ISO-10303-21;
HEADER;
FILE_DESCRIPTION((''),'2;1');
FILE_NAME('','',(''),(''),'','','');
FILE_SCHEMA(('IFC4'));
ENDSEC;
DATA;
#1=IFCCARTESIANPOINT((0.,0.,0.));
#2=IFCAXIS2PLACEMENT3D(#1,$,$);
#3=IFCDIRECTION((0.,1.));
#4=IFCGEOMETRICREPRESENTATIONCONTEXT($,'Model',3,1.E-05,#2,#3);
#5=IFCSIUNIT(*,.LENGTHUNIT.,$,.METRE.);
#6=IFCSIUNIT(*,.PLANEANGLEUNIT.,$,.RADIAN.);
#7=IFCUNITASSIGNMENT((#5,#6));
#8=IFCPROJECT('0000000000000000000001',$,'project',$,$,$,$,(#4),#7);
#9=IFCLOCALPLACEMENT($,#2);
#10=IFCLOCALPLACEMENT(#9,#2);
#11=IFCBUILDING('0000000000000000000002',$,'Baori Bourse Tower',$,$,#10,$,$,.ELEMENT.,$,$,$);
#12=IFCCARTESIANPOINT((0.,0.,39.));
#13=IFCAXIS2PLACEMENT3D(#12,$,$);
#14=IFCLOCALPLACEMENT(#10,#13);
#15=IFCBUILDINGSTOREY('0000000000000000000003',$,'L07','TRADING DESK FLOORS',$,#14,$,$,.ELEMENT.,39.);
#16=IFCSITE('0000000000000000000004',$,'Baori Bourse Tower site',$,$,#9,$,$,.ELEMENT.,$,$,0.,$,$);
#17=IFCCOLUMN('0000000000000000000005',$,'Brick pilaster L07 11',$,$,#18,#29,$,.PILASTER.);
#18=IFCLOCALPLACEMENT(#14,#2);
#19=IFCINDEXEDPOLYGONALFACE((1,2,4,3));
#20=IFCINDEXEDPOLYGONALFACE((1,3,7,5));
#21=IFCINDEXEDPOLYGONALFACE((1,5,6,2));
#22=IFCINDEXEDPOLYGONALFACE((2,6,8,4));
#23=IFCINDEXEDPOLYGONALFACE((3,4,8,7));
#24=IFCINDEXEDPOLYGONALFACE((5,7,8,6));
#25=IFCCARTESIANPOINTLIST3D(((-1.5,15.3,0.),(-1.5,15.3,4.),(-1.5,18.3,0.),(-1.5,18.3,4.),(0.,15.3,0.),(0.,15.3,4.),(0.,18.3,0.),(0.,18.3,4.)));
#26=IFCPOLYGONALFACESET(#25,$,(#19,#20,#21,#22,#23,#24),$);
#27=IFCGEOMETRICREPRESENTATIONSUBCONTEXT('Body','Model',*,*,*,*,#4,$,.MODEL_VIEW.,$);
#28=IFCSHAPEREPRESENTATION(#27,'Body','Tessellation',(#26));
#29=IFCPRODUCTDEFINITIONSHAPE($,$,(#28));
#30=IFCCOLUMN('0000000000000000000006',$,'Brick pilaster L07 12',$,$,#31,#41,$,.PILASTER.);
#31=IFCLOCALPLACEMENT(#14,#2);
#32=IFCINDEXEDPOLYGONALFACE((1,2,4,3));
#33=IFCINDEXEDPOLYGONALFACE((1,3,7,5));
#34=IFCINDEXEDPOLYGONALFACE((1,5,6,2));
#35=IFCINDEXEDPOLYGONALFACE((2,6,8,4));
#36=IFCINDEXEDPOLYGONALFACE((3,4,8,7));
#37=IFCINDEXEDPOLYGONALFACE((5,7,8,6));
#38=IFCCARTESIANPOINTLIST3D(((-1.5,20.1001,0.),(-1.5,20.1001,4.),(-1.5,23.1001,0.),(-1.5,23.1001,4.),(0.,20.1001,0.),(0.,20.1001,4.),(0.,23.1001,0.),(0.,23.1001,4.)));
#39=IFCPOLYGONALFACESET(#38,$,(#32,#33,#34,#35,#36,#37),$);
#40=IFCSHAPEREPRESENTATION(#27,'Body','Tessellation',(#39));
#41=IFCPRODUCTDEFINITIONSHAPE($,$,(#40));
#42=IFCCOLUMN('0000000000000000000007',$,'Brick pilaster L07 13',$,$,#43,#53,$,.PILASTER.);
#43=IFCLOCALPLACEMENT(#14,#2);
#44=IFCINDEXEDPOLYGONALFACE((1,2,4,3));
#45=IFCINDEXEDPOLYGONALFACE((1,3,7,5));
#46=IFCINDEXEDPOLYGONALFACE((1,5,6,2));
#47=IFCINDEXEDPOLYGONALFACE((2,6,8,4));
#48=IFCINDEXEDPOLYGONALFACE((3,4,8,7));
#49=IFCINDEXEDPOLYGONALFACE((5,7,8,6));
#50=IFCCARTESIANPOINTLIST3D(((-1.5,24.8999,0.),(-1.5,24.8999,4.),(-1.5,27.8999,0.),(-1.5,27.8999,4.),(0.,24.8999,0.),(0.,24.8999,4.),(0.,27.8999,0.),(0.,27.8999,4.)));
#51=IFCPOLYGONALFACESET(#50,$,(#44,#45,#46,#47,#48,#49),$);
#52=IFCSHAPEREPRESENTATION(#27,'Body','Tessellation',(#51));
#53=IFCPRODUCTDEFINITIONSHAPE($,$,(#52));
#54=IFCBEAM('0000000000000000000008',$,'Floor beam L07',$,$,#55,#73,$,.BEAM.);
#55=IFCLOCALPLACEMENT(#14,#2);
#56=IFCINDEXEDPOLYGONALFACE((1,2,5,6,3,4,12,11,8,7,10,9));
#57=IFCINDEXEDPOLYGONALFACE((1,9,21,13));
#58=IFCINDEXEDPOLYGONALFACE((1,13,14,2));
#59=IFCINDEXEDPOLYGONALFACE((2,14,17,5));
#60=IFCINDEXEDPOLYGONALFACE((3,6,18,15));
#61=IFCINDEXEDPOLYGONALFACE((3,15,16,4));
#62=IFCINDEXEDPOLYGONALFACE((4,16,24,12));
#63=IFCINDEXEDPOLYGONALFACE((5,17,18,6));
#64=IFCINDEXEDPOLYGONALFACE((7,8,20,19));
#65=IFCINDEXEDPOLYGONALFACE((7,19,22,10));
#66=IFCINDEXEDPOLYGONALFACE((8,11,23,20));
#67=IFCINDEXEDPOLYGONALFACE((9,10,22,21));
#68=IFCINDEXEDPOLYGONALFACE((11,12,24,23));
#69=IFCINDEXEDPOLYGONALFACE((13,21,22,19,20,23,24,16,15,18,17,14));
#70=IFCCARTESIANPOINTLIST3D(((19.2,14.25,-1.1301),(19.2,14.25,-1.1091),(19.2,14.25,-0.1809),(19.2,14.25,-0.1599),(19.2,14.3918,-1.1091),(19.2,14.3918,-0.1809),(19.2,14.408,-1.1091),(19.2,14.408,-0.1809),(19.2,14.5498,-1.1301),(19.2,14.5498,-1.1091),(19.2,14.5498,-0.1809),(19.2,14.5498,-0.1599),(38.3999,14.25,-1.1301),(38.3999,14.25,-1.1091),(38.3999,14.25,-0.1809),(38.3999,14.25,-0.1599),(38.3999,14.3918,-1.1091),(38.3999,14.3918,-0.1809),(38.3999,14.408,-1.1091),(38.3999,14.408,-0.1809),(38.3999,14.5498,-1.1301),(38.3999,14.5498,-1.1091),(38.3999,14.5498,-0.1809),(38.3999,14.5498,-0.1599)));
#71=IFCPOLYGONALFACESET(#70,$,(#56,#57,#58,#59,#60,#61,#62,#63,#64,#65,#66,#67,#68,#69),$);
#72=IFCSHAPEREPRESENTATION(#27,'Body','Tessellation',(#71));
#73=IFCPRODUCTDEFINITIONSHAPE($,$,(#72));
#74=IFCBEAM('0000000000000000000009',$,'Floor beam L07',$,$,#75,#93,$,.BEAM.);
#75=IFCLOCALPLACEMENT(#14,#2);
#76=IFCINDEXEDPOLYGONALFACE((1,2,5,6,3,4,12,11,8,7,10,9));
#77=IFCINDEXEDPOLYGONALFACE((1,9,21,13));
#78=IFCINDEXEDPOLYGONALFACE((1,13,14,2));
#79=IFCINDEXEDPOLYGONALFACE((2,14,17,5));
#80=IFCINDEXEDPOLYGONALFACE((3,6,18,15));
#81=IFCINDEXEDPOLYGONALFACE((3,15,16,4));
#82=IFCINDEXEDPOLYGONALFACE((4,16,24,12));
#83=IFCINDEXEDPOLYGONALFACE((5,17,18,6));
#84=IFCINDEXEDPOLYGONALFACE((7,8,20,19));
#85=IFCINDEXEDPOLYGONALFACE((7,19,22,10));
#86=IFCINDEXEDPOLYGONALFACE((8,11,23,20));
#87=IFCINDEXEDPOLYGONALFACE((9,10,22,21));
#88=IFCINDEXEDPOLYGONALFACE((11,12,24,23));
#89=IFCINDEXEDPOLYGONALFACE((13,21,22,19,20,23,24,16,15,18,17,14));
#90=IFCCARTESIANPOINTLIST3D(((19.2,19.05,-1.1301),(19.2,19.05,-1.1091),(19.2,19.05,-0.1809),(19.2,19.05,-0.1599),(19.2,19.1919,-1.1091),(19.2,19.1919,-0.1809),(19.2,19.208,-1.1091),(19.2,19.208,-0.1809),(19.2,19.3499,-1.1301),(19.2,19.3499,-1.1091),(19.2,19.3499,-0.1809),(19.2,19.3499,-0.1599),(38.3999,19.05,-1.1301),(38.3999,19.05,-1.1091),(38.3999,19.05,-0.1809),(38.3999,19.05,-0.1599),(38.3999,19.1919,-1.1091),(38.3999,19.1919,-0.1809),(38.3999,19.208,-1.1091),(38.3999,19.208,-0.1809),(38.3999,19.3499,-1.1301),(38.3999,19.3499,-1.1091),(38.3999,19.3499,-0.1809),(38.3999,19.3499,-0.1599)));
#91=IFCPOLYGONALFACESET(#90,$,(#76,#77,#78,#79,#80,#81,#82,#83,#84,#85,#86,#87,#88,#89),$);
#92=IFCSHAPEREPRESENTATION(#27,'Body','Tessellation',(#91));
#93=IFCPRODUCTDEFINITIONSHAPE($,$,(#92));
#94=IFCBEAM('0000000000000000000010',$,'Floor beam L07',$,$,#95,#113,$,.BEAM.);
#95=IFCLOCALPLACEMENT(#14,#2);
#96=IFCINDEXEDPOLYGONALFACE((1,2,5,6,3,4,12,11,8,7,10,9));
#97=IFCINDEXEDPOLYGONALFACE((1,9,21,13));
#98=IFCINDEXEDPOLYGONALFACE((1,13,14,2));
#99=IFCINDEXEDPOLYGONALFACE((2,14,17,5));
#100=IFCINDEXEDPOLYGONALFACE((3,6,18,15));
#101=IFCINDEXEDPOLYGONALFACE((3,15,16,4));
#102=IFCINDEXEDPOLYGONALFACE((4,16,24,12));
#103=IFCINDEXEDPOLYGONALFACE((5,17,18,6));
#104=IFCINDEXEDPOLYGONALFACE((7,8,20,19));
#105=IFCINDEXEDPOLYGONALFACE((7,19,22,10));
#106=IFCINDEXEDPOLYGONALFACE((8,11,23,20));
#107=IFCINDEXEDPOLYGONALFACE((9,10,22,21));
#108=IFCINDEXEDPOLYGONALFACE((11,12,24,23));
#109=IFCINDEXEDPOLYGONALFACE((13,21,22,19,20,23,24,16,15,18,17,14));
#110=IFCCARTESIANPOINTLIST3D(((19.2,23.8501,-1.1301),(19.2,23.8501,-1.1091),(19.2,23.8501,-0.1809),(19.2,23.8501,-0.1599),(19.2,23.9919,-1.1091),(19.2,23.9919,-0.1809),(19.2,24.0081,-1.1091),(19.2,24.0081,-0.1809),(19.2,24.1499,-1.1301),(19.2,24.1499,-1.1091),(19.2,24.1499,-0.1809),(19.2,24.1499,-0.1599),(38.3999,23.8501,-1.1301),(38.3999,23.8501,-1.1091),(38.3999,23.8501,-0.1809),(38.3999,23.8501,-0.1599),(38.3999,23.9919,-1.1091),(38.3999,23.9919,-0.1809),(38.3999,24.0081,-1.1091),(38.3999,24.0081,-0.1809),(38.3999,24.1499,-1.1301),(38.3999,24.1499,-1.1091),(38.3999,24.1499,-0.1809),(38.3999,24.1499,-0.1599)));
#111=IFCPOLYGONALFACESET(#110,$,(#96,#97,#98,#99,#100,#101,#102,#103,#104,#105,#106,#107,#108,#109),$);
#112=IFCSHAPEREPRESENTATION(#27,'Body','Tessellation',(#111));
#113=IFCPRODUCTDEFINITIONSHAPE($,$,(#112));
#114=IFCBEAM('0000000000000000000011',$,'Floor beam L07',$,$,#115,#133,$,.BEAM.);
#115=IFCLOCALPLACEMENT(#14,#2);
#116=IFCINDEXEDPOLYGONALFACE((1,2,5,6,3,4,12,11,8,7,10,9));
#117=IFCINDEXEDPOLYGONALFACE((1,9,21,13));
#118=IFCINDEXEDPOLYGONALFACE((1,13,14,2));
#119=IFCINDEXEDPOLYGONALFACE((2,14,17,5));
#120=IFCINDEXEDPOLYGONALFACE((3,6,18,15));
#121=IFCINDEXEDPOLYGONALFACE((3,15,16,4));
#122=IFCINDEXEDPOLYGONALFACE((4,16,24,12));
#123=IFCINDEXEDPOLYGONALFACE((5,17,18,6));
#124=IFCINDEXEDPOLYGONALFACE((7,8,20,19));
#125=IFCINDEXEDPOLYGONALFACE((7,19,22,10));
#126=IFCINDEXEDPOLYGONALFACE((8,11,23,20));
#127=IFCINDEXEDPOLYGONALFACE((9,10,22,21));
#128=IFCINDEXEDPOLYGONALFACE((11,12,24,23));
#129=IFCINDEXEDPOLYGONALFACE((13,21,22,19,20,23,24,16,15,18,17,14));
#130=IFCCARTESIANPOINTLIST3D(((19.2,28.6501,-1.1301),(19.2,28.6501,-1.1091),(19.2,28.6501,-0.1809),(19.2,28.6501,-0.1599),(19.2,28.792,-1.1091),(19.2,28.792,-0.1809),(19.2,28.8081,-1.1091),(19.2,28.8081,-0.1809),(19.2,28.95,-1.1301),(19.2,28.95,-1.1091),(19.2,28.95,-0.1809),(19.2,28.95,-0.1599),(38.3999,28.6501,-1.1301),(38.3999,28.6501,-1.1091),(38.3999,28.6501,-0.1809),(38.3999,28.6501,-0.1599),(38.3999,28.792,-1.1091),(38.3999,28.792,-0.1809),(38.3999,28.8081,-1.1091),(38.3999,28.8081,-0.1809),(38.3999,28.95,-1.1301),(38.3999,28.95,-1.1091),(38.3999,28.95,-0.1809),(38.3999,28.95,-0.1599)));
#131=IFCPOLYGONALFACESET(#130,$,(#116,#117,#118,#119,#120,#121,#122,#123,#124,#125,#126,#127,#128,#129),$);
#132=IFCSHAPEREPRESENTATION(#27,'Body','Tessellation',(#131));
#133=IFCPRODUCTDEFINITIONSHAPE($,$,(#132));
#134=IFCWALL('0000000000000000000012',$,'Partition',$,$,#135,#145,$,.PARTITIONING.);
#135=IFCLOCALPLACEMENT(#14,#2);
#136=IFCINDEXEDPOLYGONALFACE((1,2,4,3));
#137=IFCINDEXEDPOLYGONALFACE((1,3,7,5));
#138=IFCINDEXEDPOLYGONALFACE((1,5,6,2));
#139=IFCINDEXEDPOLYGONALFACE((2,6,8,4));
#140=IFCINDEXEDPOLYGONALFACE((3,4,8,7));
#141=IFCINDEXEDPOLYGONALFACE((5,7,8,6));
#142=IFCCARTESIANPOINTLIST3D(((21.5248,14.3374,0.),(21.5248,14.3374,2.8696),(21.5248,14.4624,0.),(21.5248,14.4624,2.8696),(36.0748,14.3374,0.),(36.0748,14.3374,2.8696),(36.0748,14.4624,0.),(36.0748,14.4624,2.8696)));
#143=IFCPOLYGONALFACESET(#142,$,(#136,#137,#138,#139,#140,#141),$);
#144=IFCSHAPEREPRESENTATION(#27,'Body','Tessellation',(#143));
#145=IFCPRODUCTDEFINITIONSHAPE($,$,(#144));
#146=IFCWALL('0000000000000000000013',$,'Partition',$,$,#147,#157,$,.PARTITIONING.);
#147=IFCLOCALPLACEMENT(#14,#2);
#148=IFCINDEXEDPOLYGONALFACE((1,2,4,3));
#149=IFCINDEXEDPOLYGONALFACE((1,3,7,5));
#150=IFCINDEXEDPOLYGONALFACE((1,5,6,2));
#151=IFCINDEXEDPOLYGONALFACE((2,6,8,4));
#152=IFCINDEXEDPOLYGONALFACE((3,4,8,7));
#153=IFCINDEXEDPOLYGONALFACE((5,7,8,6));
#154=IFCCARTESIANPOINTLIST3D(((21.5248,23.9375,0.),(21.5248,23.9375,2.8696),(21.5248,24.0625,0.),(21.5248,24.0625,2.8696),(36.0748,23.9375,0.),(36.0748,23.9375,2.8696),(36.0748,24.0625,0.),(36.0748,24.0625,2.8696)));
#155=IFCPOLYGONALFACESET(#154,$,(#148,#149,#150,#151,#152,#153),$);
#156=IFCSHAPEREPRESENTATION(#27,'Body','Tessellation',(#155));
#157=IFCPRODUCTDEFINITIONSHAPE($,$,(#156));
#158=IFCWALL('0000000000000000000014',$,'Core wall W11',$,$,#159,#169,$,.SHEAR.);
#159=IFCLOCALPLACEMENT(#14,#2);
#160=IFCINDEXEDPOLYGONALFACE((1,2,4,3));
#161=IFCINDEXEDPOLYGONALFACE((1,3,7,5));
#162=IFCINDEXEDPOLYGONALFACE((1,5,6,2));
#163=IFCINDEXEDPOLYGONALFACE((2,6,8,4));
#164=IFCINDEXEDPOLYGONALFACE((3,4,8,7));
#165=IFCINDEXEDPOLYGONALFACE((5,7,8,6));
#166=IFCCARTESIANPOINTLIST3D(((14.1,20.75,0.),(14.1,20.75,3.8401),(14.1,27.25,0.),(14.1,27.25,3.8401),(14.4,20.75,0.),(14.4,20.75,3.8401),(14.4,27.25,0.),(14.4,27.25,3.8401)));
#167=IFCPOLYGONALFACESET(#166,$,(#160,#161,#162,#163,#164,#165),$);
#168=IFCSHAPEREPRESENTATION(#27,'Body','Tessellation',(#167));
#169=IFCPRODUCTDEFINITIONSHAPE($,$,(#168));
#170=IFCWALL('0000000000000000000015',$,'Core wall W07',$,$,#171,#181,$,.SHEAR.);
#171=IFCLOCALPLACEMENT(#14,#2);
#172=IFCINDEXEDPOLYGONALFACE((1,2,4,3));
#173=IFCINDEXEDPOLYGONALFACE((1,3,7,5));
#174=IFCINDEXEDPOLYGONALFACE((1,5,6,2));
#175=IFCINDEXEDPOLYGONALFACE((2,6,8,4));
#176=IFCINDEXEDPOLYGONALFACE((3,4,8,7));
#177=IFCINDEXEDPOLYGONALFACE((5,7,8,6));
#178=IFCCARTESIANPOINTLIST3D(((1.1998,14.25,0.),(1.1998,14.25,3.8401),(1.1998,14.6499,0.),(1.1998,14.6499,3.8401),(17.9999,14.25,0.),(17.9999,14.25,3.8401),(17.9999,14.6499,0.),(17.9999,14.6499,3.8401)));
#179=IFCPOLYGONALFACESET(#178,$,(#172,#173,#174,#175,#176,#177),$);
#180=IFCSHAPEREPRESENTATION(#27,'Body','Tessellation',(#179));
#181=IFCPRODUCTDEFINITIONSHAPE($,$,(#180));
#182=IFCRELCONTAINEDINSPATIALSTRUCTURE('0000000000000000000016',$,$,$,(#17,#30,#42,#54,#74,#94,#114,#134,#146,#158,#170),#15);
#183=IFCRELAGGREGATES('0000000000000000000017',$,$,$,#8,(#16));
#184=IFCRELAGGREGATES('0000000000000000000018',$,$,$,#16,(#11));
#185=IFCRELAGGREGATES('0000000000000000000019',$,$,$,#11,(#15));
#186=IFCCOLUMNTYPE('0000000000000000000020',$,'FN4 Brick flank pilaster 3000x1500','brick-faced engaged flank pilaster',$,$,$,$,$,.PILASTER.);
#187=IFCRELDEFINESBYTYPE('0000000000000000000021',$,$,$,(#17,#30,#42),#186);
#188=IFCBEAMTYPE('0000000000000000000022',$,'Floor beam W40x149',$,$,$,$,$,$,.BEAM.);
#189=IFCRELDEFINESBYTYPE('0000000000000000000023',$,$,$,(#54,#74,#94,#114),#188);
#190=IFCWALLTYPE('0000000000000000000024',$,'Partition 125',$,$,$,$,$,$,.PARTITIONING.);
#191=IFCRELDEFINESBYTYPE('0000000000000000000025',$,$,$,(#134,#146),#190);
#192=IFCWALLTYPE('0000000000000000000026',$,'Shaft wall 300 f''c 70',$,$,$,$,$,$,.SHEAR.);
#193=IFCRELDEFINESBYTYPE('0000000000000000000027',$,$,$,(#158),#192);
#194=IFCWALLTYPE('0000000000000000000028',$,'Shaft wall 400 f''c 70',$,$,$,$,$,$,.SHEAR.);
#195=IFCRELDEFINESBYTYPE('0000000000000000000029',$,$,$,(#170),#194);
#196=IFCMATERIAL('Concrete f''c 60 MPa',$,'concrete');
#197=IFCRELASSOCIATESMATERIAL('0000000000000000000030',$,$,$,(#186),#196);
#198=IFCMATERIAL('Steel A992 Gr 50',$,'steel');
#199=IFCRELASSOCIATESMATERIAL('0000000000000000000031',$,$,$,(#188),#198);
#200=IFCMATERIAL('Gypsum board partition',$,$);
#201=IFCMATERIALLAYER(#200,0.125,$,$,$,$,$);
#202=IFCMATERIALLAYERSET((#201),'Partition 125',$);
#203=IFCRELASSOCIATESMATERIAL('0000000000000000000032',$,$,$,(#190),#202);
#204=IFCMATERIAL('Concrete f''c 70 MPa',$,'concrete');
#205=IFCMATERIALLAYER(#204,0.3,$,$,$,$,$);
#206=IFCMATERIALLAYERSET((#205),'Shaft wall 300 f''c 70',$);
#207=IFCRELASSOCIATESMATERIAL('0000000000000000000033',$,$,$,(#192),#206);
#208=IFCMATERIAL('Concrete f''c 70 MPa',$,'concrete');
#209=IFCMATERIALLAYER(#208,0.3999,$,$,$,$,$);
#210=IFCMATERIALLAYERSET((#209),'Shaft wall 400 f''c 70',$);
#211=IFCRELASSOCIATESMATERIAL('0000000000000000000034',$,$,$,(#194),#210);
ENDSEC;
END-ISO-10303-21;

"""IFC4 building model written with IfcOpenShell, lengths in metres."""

from ifc_helpers import new_model, si_unit, direction, frame, frame_2d, origin, origin_2d, place, context, subcontext, project, spatial, rectangle, i_section, extrude, material, layer, layer_set, material_profile, profile_set, type_object, element, save


model = new_model("IFC4")

# Units and contexts
model_context = context("Model", 3, precision=1e-05, world=origin(), true_north=direction((0.0, 1.0)))
body_context = subcontext(model_context, "Body", "Model", "MODEL_VIEW")
ifc_project = project(units=[si_unit("LENGTHUNIT", "METRE"), si_unit("PLANEANGLEUNIT", "RADIAN")], contexts=[model_context])

# Site, building, storey
site_placement = place(None, origin())
site = spatial("IfcSite", under=ifc_project, at=site_placement, Name="Baori Bourse Tower site", CompositionType="ELEMENT", RefElevation=0.0)
building_placement = place(site_placement, origin())
building = spatial("IfcBuilding", under=site, at=building_placement, Name="Baori Bourse Tower", CompositionType="ELEMENT")
storey_placement = place(building_placement, frame((0.0, 0.0, 39.0)))
storey = spatial("IfcBuildingStorey", under=building, at=storey_placement, Name="L07", Description="TRADING DESK FLOORS", CompositionType="ELEMENT", Elevation=39.0)

# Columns
ifc_material_1 = material(Name="Concrete f'c 60 MPa", Category="concrete")
ifc_material_profile_1 = material_profile(ifc_material_1, rectangle(XDim=3.0, YDim=1.5, at=origin_2d()), Name="RC 3000x1500")
ifc_profile_set_1 = profile_set([ifc_material_profile_1], Name="Concrete f'c 60 MPa")
column_type = type_object("IfcColumnType", Name="FN4 Brick flank pilaster 3000x1500", Description="brick-faced engaged flank pilaster", PredefinedType="PILASTER", material=ifc_profile_set_1)
for number, where, z_axis, x_axis, name in (
    (1, (-0.75, 16.8, 0.0), (0.0, 0.0, 1.0), (0.0, 1.0, 0.0), "Brick pilaster L07 11"),
    (2, (-0.75, 21.6001, 0.0), (0.0, 0.0, 1.0), (0.0, 1.0, 0.0), "Brick pilaster L07 12"),
    (3, (-0.75, 26.3999, 0.0), (0.0, 0.0, 1.0), (0.0, 1.0, 0.0), "Brick pilaster L07 13"),
):
    element("IfcColumn", number, at=place(storey_placement, frame(where, z_axis=z_axis, x_axis=x_axis)), inside=storey, type_object=column_type, Name=name, PredefinedType="PILASTER", context=body_context, shape_type="SweptSolid", body=[
        extrude(rectangle(XDim=3.0, YDim=1.5, at=origin_2d()), origin(), (0.0, 0.0, 1.0), 4.0),
    ])

# Beams
ifc_material_2 = material(Name="Steel A992 Gr 50", Category="steel")
ifc_material_profile_2 = material_profile(ifc_material_2, i_section(OverallWidth=0.2998, OverallDepth=0.9702, WebThickness=0.0161, FlangeThickness=0.021, at=origin_2d()), Name="W40x149")
ifc_profile_set_2 = profile_set([ifc_material_profile_2], Name="Steel A992 Gr 50")
beam_type = type_object("IfcBeamType", Name="Floor beam W40x149", PredefinedType="BEAM", material=ifc_profile_set_2)
for number, where, z_axis, x_axis, name in (
    (4, (19.2, 14.3999, -0.645), (1.0, 0.0, 0.0), (0.0, 1.0, 0.0), "Floor beam L07"),
    (5, (19.2, 19.2, -0.645), (1.0, 0.0, 0.0), (0.0, 1.0, 0.0), "Floor beam L07"),
    (6, (19.2, 24.0, -0.645), (1.0, 0.0, 0.0), (0.0, 1.0, 0.0), "Floor beam L07"),
    (7, (19.2, 28.8, -0.645), (1.0, 0.0, 0.0), (0.0, 1.0, 0.0), "Floor beam L07"),
):
    element("IfcBeam", number, at=place(storey_placement, frame(where, z_axis=z_axis, x_axis=x_axis)), inside=storey, type_object=beam_type, Name=name, PredefinedType="BEAM", context=body_context, shape_type="SweptSolid", body=[
        extrude(i_section(OverallWidth=0.2998, OverallDepth=0.9702, WebThickness=0.0161, FlangeThickness=0.021, at=origin_2d()), origin(), (0.0, 0.0, 1.0), 19.2),
    ])

# Walls
ifc_material_3 = material(Name="Gypsum board partition")
ifc_layer_1 = layer(ifc_material_3, 0.125)
ifc_layer_set_1 = layer_set([ifc_layer_1], Name="Partition 125")
wall_type_1 = type_object("IfcWallType", Name="Partition 125", PredefinedType="PARTITIONING", material=ifc_layer_set_1)
for number, where, z_axis, x_axis, name in (
    (8, (21.5249, 14.3999, 0.0), (0.0, 0.0, 1.0), (1.0, 0.0, 0.0), "Partition"),
    (9, (21.5249, 24.0, 0.0), (0.0, 0.0, 1.0), (1.0, 0.0, 0.0), "Partition"),
):
    element("IfcWall", number, at=place(storey_placement, frame(where, z_axis=z_axis, x_axis=x_axis)), inside=storey, type_object=wall_type_1, Name=name, PredefinedType="PARTITIONING", context=body_context, shape_type="SweptSolid", body=[
        extrude(rectangle(XDim=14.55, YDim=0.125, at=frame_2d((7.2749, 0.0))), origin(), (0.0, 0.0, 1.0), 2.8696),
    ])
ifc_material_4 = material(Name="Concrete f'c 70 MPa", Category="concrete")
ifc_layer_2 = layer(ifc_material_4, 0.3)
ifc_layer_set_2 = layer_set([ifc_layer_2], Name="Shaft wall 300 f'c 70")
wall_type_2 = type_object("IfcWallType", Name="Shaft wall 300 f'c 70", PredefinedType="SHEAR", material=ifc_layer_set_2)
wall_1_placement = place(storey_placement, frame((14.25, 20.75, 0.0), z_axis=(0.0, 0.0, 1.0), x_axis=(0.0, 1.0, 0.0)))
element("IfcWall", 10, at=wall_1_placement, inside=storey, type_object=wall_type_2, Name="Core wall W11", PredefinedType="SHEAR", context=body_context, shape_type="SweptSolid", body=[
    extrude(rectangle(XDim=6.5, YDim=0.3, at=frame_2d((3.25, 0.0))), origin(), (0.0, 0.0, 1.0), 3.8401),
])
ifc_material_5 = material(Name="Concrete f'c 70 MPa", Category="concrete")
ifc_layer_3 = layer(ifc_material_5, 0.3999)
ifc_layer_set_3 = layer_set([ifc_layer_3], Name="Shaft wall 400 f'c 70")
wall_type_3 = type_object("IfcWallType", Name="Shaft wall 400 f'c 70", PredefinedType="SHEAR", material=ifc_layer_set_3)
wall_2_placement = place(storey_placement, frame((1.2, 14.45, 0.0), z_axis=(0.0, 0.0, 1.0), x_axis=(1.0, 0.0, 0.0)))
element("IfcWall", 11, at=wall_2_placement, inside=storey, type_object=wall_type_3, Name="Core wall W07", PredefinedType="SHEAR", context=body_context, shape_type="SweptSolid", body=[
    extrude(rectangle(XDim=16.8, YDim=0.3999, at=frame_2d((8.3999, 0.0))), origin(), (0.0, 0.0, 1.0), 3.8401),
])

save(model, "model.ifc")
